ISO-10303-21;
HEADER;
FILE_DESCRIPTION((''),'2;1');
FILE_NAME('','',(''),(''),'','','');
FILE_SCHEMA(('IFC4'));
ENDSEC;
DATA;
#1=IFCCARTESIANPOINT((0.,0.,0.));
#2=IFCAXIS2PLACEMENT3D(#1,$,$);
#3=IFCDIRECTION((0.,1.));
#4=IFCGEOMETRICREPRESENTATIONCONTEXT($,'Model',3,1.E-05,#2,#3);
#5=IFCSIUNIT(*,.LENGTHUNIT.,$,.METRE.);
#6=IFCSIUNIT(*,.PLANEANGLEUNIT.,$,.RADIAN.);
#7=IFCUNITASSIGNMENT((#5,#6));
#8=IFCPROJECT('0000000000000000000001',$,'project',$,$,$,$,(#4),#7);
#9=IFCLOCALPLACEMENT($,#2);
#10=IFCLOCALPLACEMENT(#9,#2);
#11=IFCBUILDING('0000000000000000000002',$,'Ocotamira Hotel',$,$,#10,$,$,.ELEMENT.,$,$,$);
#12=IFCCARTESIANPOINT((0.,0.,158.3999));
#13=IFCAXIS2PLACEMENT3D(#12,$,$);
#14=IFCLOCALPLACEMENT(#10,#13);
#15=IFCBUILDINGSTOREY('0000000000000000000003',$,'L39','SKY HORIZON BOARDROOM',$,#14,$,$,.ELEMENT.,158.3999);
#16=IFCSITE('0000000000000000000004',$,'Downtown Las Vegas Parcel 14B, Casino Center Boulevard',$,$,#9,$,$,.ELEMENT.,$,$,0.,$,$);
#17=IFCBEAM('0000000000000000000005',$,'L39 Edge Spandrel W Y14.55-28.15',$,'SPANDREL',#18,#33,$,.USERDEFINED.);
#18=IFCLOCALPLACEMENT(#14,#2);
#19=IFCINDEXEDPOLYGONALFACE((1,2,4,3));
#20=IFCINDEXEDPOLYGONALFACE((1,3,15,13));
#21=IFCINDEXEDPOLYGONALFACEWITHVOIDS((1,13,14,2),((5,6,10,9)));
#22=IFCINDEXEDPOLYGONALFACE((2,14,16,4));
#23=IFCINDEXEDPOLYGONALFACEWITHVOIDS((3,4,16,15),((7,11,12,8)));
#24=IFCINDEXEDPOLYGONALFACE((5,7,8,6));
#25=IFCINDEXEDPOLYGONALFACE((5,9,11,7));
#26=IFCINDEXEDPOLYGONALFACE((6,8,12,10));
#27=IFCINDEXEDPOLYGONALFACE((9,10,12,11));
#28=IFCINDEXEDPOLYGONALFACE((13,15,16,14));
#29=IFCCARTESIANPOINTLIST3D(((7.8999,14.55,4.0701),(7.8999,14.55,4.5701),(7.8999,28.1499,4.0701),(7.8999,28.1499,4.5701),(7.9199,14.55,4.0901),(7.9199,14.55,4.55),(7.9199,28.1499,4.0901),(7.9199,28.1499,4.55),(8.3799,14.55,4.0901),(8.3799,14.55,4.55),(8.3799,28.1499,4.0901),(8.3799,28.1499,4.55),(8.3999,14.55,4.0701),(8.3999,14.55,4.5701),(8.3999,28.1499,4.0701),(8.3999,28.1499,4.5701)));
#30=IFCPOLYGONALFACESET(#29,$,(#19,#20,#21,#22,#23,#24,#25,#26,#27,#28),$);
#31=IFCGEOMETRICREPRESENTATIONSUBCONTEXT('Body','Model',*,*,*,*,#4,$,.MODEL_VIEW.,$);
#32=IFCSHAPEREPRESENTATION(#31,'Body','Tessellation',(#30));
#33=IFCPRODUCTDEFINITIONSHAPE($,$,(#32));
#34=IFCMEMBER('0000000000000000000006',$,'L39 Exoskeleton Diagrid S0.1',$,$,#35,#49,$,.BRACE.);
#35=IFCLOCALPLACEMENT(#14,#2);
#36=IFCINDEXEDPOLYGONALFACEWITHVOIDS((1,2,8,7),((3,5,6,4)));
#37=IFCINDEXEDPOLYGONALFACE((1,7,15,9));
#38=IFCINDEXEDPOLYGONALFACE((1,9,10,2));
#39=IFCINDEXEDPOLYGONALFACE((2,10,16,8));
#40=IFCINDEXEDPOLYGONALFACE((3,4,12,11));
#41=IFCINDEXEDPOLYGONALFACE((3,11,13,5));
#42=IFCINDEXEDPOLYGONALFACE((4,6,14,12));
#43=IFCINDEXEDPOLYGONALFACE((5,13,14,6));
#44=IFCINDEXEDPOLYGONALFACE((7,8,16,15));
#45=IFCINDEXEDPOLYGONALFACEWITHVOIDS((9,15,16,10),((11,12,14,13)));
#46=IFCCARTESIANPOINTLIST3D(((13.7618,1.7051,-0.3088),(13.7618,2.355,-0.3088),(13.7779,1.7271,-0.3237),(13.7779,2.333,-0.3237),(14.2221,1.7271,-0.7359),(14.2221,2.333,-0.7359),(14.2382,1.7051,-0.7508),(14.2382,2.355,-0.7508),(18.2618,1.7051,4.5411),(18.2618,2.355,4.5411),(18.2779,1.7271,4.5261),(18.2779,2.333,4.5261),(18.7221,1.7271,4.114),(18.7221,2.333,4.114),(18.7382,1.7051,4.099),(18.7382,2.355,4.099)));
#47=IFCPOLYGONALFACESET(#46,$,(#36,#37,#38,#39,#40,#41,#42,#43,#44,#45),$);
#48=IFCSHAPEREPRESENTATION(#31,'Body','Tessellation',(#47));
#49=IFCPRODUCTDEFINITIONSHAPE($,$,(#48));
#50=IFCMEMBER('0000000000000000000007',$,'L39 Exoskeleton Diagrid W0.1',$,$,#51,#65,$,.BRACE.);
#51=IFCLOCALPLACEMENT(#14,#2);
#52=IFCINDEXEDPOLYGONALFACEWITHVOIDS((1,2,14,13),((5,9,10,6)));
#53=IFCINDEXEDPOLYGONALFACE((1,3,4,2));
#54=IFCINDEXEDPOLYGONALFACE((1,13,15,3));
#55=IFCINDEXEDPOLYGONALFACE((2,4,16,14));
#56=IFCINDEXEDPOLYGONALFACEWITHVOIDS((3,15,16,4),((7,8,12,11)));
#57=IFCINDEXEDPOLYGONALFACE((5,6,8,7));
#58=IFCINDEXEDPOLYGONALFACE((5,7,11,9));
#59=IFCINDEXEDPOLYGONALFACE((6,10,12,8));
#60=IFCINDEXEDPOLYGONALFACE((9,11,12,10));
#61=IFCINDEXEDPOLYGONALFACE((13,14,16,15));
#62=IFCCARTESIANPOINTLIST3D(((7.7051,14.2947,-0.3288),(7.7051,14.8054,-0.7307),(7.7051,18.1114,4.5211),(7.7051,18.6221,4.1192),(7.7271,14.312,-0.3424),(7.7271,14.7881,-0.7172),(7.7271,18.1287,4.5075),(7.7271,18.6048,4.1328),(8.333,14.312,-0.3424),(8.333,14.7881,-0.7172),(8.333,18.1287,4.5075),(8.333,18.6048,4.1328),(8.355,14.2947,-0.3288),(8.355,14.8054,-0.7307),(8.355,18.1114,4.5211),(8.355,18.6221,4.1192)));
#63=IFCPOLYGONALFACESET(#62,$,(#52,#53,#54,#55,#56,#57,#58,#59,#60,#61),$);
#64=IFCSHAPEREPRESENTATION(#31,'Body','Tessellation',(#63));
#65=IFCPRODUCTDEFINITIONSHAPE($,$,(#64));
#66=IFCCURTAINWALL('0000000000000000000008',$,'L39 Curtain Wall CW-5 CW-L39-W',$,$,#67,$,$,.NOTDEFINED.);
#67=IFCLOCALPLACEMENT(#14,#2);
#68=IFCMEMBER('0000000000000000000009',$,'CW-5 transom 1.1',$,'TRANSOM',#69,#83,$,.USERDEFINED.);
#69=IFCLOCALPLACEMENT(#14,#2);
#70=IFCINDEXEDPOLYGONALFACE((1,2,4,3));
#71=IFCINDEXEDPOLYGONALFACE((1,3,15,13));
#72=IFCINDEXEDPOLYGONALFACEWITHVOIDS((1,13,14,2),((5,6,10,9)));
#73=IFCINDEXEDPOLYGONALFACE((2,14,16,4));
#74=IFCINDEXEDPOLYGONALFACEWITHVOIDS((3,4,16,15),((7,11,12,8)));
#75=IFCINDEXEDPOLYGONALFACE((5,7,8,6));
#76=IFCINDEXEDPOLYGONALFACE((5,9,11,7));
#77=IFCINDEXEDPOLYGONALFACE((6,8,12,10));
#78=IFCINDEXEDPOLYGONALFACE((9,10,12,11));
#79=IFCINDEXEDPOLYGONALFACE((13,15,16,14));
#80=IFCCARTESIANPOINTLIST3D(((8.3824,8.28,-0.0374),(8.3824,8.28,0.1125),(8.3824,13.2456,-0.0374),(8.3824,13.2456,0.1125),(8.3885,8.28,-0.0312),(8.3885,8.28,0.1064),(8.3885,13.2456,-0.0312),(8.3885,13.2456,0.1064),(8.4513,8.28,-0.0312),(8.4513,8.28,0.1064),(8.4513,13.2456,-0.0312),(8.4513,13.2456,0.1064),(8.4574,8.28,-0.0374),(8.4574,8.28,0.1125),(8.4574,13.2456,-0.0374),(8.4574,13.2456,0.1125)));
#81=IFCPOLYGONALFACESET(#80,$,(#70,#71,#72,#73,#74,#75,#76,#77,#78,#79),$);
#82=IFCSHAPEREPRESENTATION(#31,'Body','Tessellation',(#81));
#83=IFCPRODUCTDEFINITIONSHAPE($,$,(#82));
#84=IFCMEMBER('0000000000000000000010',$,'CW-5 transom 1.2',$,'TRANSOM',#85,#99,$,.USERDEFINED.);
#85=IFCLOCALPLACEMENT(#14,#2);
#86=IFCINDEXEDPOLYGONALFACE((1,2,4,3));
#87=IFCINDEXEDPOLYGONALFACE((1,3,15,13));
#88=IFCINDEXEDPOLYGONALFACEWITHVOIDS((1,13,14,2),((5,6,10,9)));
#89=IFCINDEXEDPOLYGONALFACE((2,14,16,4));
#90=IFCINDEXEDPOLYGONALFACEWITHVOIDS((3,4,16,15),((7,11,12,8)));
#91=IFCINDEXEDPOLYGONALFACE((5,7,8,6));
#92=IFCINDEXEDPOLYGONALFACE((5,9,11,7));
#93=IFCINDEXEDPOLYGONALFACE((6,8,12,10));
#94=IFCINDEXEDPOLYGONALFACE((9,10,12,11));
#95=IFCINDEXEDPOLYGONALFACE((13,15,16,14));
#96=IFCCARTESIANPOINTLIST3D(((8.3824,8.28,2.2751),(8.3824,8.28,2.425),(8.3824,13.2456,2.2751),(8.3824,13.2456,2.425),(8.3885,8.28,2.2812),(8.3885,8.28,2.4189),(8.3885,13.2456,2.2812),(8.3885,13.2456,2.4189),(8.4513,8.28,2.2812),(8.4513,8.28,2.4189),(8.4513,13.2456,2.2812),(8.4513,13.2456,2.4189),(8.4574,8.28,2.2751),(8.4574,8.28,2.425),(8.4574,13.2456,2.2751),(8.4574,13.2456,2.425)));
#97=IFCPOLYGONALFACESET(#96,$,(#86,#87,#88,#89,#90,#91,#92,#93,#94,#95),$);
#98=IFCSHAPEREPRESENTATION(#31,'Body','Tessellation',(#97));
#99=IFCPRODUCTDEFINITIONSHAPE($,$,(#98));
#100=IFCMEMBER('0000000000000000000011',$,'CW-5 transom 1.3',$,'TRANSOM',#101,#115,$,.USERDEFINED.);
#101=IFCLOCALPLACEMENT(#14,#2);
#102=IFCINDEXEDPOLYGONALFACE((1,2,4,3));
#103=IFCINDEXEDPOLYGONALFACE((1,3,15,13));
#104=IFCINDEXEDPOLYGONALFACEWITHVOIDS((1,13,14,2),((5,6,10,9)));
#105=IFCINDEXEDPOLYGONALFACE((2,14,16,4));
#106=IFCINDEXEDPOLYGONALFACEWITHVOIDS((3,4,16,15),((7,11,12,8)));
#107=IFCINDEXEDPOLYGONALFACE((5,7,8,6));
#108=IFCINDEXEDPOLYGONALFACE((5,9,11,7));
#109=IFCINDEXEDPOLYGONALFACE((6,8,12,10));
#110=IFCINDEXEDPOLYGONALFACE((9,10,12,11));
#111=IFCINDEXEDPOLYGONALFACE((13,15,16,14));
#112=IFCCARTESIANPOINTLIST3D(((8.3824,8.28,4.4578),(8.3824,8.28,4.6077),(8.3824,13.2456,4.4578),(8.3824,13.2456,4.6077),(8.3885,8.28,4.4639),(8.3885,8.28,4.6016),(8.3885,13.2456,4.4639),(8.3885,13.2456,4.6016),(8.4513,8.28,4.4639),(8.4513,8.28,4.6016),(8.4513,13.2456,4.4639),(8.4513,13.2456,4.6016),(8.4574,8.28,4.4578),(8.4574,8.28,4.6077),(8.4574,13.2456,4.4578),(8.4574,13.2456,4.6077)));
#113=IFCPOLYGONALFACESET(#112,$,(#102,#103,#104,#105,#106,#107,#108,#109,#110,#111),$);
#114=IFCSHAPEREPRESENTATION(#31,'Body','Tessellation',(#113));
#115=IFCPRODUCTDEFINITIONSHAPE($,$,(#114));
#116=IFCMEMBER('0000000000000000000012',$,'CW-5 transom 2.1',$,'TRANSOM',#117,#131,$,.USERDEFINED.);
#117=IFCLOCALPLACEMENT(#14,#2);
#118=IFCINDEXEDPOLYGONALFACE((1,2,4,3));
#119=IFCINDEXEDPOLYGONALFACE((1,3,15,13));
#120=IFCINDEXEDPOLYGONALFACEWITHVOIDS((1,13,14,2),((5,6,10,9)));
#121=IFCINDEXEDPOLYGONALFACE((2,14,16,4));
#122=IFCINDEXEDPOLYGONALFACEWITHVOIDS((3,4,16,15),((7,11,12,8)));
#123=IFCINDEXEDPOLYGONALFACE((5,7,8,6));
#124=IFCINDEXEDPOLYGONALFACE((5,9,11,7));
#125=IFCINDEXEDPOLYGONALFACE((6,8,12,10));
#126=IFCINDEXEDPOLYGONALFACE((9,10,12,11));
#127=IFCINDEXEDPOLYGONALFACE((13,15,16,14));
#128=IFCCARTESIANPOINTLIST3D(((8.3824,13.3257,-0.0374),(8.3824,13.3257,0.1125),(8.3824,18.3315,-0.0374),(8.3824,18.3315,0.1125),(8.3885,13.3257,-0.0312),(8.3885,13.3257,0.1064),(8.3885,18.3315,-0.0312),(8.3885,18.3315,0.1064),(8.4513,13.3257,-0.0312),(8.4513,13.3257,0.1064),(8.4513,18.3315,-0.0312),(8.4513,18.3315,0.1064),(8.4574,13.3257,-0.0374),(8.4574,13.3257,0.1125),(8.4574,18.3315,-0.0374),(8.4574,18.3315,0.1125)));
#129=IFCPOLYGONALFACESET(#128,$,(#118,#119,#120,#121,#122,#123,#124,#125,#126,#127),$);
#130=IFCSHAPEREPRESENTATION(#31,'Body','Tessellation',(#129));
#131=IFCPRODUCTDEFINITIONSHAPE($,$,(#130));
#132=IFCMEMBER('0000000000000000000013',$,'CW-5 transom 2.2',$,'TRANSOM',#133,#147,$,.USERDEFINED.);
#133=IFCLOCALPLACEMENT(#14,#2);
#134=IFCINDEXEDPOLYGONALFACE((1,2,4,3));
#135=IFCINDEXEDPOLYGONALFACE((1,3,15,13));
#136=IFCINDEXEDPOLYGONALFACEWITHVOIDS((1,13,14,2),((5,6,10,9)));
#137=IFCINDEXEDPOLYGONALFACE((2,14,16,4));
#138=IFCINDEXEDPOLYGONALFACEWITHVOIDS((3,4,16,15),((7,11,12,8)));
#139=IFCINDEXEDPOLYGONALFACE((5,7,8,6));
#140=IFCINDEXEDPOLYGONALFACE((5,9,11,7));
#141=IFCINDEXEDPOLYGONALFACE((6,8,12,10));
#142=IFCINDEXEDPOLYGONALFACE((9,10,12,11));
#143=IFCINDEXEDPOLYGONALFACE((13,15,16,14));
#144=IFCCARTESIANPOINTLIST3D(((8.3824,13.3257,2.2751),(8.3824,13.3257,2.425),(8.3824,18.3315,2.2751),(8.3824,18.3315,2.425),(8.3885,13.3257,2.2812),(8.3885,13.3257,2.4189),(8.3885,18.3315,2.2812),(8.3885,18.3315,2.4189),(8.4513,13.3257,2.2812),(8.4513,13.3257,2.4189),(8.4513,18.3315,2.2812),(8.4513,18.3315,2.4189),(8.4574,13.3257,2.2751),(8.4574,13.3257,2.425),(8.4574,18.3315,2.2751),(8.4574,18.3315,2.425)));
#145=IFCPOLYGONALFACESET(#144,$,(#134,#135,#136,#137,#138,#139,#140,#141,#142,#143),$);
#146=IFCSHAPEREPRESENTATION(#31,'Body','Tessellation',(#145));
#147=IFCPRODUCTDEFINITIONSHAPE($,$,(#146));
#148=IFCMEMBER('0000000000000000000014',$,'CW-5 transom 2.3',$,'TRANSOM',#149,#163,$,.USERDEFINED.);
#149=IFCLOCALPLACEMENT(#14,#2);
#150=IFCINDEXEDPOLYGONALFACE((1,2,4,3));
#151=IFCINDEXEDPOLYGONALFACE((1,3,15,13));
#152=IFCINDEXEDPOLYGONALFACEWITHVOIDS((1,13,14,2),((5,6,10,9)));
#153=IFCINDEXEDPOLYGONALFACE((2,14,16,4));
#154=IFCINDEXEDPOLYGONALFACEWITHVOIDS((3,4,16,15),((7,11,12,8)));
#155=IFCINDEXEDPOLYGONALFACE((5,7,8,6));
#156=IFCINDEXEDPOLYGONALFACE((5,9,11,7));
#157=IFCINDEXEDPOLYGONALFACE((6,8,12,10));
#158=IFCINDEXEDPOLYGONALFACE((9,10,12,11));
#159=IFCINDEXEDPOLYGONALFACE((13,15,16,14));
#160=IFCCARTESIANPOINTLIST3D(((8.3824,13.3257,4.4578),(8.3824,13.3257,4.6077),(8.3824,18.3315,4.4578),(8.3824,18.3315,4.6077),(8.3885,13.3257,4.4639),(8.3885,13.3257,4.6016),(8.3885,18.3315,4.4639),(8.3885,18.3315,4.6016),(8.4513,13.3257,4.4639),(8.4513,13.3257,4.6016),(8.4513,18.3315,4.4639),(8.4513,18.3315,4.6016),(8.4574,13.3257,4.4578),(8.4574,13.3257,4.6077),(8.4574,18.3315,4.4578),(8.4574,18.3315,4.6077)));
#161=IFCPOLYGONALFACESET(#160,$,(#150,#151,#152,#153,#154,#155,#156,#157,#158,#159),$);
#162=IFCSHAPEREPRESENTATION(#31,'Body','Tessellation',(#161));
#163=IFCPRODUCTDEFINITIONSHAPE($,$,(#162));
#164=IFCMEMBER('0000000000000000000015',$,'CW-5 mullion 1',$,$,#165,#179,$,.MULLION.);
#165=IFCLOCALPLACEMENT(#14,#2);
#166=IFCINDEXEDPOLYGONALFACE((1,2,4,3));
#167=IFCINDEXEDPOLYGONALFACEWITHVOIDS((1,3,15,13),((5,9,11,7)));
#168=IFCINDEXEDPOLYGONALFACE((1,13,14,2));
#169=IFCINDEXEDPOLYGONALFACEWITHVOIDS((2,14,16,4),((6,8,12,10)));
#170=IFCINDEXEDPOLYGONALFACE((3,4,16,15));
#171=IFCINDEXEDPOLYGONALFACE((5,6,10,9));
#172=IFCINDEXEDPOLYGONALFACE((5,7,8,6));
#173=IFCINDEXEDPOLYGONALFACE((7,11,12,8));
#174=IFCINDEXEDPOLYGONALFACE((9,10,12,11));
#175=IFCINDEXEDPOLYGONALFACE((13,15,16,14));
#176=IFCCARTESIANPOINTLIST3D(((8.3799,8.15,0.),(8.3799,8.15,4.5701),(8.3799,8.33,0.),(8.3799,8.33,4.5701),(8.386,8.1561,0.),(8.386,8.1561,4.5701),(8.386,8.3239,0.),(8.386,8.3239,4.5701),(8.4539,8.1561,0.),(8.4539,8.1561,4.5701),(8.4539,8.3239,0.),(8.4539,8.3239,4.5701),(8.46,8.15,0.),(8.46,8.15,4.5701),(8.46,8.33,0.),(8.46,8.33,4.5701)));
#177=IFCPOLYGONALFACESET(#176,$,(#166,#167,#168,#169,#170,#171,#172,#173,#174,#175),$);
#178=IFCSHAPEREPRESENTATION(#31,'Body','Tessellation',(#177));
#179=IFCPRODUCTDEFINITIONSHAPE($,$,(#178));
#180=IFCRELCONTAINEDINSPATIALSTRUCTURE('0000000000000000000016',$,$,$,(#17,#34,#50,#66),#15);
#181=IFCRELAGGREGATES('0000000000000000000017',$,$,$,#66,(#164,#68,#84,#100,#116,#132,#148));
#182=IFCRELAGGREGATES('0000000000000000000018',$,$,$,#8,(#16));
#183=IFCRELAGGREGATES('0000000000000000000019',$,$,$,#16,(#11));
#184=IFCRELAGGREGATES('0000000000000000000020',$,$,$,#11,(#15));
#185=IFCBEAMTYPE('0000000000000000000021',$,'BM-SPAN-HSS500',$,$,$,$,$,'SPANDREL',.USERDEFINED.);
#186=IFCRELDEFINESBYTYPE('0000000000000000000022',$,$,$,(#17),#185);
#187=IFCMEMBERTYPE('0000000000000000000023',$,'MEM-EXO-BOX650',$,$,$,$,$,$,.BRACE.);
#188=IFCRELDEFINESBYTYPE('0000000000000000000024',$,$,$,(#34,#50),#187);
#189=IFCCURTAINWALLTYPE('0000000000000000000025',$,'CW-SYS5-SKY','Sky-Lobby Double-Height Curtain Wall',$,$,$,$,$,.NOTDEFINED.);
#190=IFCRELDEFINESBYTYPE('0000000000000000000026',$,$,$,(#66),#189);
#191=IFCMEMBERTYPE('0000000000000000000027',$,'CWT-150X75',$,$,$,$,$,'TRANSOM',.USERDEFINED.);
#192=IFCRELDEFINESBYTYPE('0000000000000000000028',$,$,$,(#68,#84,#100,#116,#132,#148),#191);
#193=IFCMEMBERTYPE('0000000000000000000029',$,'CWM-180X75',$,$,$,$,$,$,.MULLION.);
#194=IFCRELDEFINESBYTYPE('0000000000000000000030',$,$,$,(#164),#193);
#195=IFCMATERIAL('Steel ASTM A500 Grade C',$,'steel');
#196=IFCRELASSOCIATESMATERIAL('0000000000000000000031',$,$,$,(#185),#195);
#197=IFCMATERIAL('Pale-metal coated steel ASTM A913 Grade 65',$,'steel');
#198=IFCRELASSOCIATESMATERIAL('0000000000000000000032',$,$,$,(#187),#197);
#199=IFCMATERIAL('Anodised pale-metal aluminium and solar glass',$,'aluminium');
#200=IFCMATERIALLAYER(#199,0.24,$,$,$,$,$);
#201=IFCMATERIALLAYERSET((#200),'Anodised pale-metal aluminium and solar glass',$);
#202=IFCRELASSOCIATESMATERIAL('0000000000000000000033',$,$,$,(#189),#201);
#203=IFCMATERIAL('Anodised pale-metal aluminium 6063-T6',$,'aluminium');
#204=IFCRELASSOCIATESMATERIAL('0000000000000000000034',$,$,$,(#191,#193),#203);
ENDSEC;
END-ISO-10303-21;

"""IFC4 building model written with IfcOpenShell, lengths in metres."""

from ifc_helpers import new_model, si_unit, direction, frame, origin, origin_2d, place, context, subcontext, project, spatial, hollow_rectangle, extrude, source, transform, mapped, material, layer, layer_set, material_profile, profile_set, type_object, element, aggregate, save


model = new_model("IFC4")

# Units and contexts
model_context = context("Model", 3, precision=1e-05, world=origin(), true_north=direction((0.0, 1.0)))
body_context = subcontext(model_context, "Body", "Model", "MODEL_VIEW")
ifc_project = project(units=[si_unit("LENGTHUNIT", "METRE"), si_unit("PLANEANGLEUNIT", "RADIAN")], contexts=[model_context])

# Site, building, storey
site_placement = place(None, origin())
site = spatial("IfcSite", under=ifc_project, at=site_placement, Name="Downtown Las Vegas Parcel 14B, Casino Center Boulevard", CompositionType="ELEMENT", RefElevation=0.0)
building_placement = place(site_placement, origin())
building = spatial("IfcBuilding", under=site, at=building_placement, Name="Ocotamira Hotel", CompositionType="ELEMENT")
storey_placement = place(building_placement, frame((0.0, 0.0, 158.3999)))
storey = spatial("IfcBuildingStorey", under=building, at=storey_placement, Name="L39", Description="SKY HORIZON BOARDROOM", CompositionType="ELEMENT", Elevation=158.3999)

# Beam
ifc_material_1 = material(Name="Steel ASTM A500 Grade C", Category="steel")
ifc_material_profile_1 = material_profile(ifc_material_1, hollow_rectangle(XDim=0.5, YDim=0.5, WallThickness=0.02, at=origin_2d()), Name="HSS500X500X20")
ifc_profile_set_1 = profile_set([ifc_material_profile_1], Name="Steel ASTM A500 Grade C")
beam_type_1 = type_object("IfcBeamType", Name="BM-SPAN-HSS500", ElementType="SPANDREL", PredefinedType="USERDEFINED", material=ifc_profile_set_1)
shared_shape_1 = source(origin(), body_context, "Body", "SweptSolid", [
    extrude(hollow_rectangle(XDim=0.5, YDim=0.5, WallThickness=0.02, at=origin_2d()), origin(), (0.0, 0.0, 1.0), 13.5999),
])
beam_1_placement = place(storey_placement, frame((8.1499, 14.55, 4.3201), z_axis=(0.0, 1.0, 0.0), x_axis=(-1.0, 0.0, 0.0)))
element("IfcBeam", 1, at=beam_1_placement, inside=storey, type_object=beam_type_1, Name="L39 Edge Spandrel W Y14.55-28.15", ObjectType="SPANDREL", PredefinedType="USERDEFINED", context=body_context, shape_type="MappedRepresentation", body=[
    mapped(shared_shape_1, transform((0.0, 0.0, 0.0), scale=1.0)),
])

# Members
ifc_material_2 = material(Name="Pale-metal coated steel ASTM A913 Grade 65", Category="steel")
ifc_material_profile_2 = material_profile(ifc_material_2, hollow_rectangle(XDim=0.6499, YDim=0.6499, WallThickness=0.022, at=origin_2d()), Name="BOX650X650X22")
ifc_profile_set_2 = profile_set([ifc_material_profile_2], Name="Pale-metal coated steel ASTM A913 Grade 65")
member_type_1 = type_object("IfcMemberType", Name="MEM-EXO-BOX650", PredefinedType="BRACE", material=ifc_profile_set_2)
shared_shape_2 = source(origin(), body_context, "Body", "SweptSolid", [
    extrude(hollow_rectangle(XDim=0.6499, YDim=0.6499, WallThickness=0.022, at=origin_2d()), origin(), (0.0, 0.0, 1.0), 6.616),
])
member_1_placement = place(storey_placement, frame((14.0, 2.03, -0.5298), z_axis=(0.680172, 0.0, 0.733052), x_axis=(0.0, 1.0, 0.0)))
element("IfcMember", 2, at=member_1_placement, inside=storey, type_object=member_type_1, Name="L39 Exoskeleton Diagrid S0.1", PredefinedType="BRACE", context=body_context, shape_type="MappedRepresentation", body=[
    mapped(shared_shape_2, transform((0.0, 0.0, 0.0), scale=1.0)),
])
shared_shape_3 = source(origin(), body_context, "Body", "SweptSolid", [
    extrude(hollow_rectangle(XDim=0.6499, YDim=0.6499, WallThickness=0.022, at=origin_2d()), origin(), (0.0, 0.0, 1.0), 6.1716),
])
member_2_placement = place(storey_placement, frame((8.03, 14.55, -0.5298), z_axis=(0.0, 0.618428, 0.785842), x_axis=(-1.0, 0.0, 0.0)))
element("IfcMember", 3, at=member_2_placement, inside=storey, type_object=member_type_1, Name="L39 Exoskeleton Diagrid W0.1", PredefinedType="BRACE", context=body_context, shape_type="MappedRepresentation", body=[
    mapped(shared_shape_3, transform((0.0, 0.0, 0.0), scale=1.0)),
])

# Curtain wall, members
ifc_material_3 = material(Name="Anodised pale-metal aluminium and solar glass", Category="aluminium")
ifc_layer_1 = layer(ifc_material_3, 0.24)
ifc_layer_set_1 = layer_set([ifc_layer_1], Name="Anodised pale-metal aluminium and solar glass")
curtain_wall_type = type_object("IfcCurtainWallType", Name="CW-SYS5-SKY", Description="Sky-Lobby Double-Height Curtain Wall", PredefinedType="NOTDEFINED", material=ifc_layer_set_1)
curtain_wall_placement = place(storey_placement, origin())
curtain_wall = element("IfcCurtainWall", 4, at=curtain_wall_placement, inside=storey, type_object=curtain_wall_type, Name="L39 Curtain Wall CW-5 CW-L39-W", PredefinedType="NOTDEFINED")
ifc_material_4 = material(Name="Anodised pale-metal aluminium 6063-T6", Category="aluminium")
ifc_material_profile_3 = material_profile(ifc_material_4, hollow_rectangle(XDim=0.075, YDim=0.1499, WallThickness=0.0061, at=origin_2d()), Name="HSS150X75X6")
ifc_profile_set_3 = profile_set([ifc_material_profile_3], Name="Anodised pale-metal aluminium 6063-T6")
member_type_2 = type_object("IfcMemberType", Name="CWT-150X75", ElementType="TRANSOM", PredefinedType="USERDEFINED", material=ifc_profile_set_3)
shared_shape_4 = source(origin(), body_context, "Body", "SweptSolid", [
    extrude(hollow_rectangle(XDim=0.075, YDim=0.1499, WallThickness=0.0061, at=origin_2d()), origin(), (0.0, 0.0, 1.0), 4.9656),
])
member_3_placement = place(storey_placement, frame((8.4199, 8.28, 0.0376), z_axis=(0.0, 1.0, 0.0), x_axis=(-1.0, 0.0, 0.0)))
member_3 = element("IfcMember", 5, at=member_3_placement, type_object=member_type_2, Name="CW-5 transom 1.1", ObjectType="TRANSOM", PredefinedType="USERDEFINED", context=body_context, shape_type="MappedRepresentation", body=[
    mapped(shared_shape_4, transform((0.0, 0.0, 0.0), scale=1.0)),
])
member_4_placement = place(storey_placement, frame((8.4199, 8.28, 2.3501), z_axis=(0.0, 1.0, 0.0), x_axis=(-1.0, 0.0, 0.0)))
member_4 = element("IfcMember", 6, at=member_4_placement, type_object=member_type_2, Name="CW-5 transom 1.2", ObjectType="TRANSOM", PredefinedType="USERDEFINED", context=body_context, shape_type="MappedRepresentation", body=[
    mapped(shared_shape_4, transform((0.0, 0.0, 0.0), scale=1.0)),
])
member_5_placement = place(storey_placement, frame((8.4199, 8.28, 4.5327), z_axis=(0.0, 1.0, 0.0), x_axis=(-1.0, 0.0, 0.0)))
member_5 = element("IfcMember", 7, at=member_5_placement, type_object=member_type_2, Name="CW-5 transom 1.3", ObjectType="TRANSOM", PredefinedType="USERDEFINED", context=body_context, shape_type="MappedRepresentation", body=[
    mapped(shared_shape_4, transform((0.0, 0.0, 0.0), scale=1.0)),
])
shared_shape_5 = source(origin(), body_context, "Body", "SweptSolid", [
    extrude(hollow_rectangle(XDim=0.075, YDim=0.1499, WallThickness=0.0061, at=origin_2d()), origin(), (0.0, 0.0, 1.0), 5.0059),
])
member_6_placement = place(storey_placement, frame((8.4199, 13.3257, 0.0376), z_axis=(0.0, 1.0, 0.0), x_axis=(-1.0, 0.0, 0.0)))
member_6 = element("IfcMember", 8, at=member_6_placement, type_object=member_type_2, Name="CW-5 transom 2.1", ObjectType="TRANSOM", PredefinedType="USERDEFINED", context=body_context, shape_type="MappedRepresentation", body=[
    mapped(shared_shape_5, transform((0.0, 0.0, 0.0), scale=1.0)),
])
member_7_placement = place(storey_placement, frame((8.4199, 13.3257, 2.3501), z_axis=(0.0, 1.0, 0.0), x_axis=(-1.0, 0.0, 0.0)))
member_7 = element("IfcMember", 9, at=member_7_placement, type_object=member_type_2, Name="CW-5 transom 2.2", ObjectType="TRANSOM", PredefinedType="USERDEFINED", context=body_context, shape_type="MappedRepresentation", body=[
    mapped(shared_shape_5, transform((0.0, 0.0, 0.0), scale=1.0)),
])
member_8_placement = place(storey_placement, frame((8.4199, 13.3257, 4.5327), z_axis=(0.0, 1.0, 0.0), x_axis=(-1.0, 0.0, 0.0)))
member_8 = element("IfcMember", 10, at=member_8_placement, type_object=member_type_2, Name="CW-5 transom 2.3", ObjectType="TRANSOM", PredefinedType="USERDEFINED", context=body_context, shape_type="MappedRepresentation", body=[
    mapped(shared_shape_5, transform((0.0, 0.0, 0.0), scale=1.0)),
])
ifc_material_profile_4 = material_profile(ifc_material_4, hollow_rectangle(XDim=0.0801, YDim=0.1799, WallThickness=0.0061, at=origin_2d()), Name="HSS180X80X6")
ifc_profile_set_4 = profile_set([ifc_material_profile_4], Name="Anodised pale-metal aluminium 6063-T6")
member_type_3 = type_object("IfcMemberType", Name="CWM-180X75", PredefinedType="MULLION", material=ifc_profile_set_4)
shared_shape_6 = source(origin(), body_context, "Body", "SweptSolid", [
    extrude(hollow_rectangle(XDim=0.0801, YDim=0.1799, WallThickness=0.0061, at=origin_2d()), origin(), (0.0, 0.0, 1.0), 4.5701),
])
member_9_placement = place(storey_placement, frame((8.4199, 8.24, 0.0), z_axis=(0.0, 0.0, 1.0), x_axis=(-1.0, 0.0, 0.0)))
member_9 = element("IfcMember", 11, at=member_9_placement, type_object=member_type_3, Name="CW-5 mullion 1", PredefinedType="MULLION", context=body_context, shape_type="MappedRepresentation", body=[
    mapped(shared_shape_6, transform((0.0, 0.0, 0.0), scale=1.0)),
])

aggregate(curtain_wall, [member_9, member_3, member_4, member_5, member_6, member_7, member_8])

save(model, "model.ifc")
